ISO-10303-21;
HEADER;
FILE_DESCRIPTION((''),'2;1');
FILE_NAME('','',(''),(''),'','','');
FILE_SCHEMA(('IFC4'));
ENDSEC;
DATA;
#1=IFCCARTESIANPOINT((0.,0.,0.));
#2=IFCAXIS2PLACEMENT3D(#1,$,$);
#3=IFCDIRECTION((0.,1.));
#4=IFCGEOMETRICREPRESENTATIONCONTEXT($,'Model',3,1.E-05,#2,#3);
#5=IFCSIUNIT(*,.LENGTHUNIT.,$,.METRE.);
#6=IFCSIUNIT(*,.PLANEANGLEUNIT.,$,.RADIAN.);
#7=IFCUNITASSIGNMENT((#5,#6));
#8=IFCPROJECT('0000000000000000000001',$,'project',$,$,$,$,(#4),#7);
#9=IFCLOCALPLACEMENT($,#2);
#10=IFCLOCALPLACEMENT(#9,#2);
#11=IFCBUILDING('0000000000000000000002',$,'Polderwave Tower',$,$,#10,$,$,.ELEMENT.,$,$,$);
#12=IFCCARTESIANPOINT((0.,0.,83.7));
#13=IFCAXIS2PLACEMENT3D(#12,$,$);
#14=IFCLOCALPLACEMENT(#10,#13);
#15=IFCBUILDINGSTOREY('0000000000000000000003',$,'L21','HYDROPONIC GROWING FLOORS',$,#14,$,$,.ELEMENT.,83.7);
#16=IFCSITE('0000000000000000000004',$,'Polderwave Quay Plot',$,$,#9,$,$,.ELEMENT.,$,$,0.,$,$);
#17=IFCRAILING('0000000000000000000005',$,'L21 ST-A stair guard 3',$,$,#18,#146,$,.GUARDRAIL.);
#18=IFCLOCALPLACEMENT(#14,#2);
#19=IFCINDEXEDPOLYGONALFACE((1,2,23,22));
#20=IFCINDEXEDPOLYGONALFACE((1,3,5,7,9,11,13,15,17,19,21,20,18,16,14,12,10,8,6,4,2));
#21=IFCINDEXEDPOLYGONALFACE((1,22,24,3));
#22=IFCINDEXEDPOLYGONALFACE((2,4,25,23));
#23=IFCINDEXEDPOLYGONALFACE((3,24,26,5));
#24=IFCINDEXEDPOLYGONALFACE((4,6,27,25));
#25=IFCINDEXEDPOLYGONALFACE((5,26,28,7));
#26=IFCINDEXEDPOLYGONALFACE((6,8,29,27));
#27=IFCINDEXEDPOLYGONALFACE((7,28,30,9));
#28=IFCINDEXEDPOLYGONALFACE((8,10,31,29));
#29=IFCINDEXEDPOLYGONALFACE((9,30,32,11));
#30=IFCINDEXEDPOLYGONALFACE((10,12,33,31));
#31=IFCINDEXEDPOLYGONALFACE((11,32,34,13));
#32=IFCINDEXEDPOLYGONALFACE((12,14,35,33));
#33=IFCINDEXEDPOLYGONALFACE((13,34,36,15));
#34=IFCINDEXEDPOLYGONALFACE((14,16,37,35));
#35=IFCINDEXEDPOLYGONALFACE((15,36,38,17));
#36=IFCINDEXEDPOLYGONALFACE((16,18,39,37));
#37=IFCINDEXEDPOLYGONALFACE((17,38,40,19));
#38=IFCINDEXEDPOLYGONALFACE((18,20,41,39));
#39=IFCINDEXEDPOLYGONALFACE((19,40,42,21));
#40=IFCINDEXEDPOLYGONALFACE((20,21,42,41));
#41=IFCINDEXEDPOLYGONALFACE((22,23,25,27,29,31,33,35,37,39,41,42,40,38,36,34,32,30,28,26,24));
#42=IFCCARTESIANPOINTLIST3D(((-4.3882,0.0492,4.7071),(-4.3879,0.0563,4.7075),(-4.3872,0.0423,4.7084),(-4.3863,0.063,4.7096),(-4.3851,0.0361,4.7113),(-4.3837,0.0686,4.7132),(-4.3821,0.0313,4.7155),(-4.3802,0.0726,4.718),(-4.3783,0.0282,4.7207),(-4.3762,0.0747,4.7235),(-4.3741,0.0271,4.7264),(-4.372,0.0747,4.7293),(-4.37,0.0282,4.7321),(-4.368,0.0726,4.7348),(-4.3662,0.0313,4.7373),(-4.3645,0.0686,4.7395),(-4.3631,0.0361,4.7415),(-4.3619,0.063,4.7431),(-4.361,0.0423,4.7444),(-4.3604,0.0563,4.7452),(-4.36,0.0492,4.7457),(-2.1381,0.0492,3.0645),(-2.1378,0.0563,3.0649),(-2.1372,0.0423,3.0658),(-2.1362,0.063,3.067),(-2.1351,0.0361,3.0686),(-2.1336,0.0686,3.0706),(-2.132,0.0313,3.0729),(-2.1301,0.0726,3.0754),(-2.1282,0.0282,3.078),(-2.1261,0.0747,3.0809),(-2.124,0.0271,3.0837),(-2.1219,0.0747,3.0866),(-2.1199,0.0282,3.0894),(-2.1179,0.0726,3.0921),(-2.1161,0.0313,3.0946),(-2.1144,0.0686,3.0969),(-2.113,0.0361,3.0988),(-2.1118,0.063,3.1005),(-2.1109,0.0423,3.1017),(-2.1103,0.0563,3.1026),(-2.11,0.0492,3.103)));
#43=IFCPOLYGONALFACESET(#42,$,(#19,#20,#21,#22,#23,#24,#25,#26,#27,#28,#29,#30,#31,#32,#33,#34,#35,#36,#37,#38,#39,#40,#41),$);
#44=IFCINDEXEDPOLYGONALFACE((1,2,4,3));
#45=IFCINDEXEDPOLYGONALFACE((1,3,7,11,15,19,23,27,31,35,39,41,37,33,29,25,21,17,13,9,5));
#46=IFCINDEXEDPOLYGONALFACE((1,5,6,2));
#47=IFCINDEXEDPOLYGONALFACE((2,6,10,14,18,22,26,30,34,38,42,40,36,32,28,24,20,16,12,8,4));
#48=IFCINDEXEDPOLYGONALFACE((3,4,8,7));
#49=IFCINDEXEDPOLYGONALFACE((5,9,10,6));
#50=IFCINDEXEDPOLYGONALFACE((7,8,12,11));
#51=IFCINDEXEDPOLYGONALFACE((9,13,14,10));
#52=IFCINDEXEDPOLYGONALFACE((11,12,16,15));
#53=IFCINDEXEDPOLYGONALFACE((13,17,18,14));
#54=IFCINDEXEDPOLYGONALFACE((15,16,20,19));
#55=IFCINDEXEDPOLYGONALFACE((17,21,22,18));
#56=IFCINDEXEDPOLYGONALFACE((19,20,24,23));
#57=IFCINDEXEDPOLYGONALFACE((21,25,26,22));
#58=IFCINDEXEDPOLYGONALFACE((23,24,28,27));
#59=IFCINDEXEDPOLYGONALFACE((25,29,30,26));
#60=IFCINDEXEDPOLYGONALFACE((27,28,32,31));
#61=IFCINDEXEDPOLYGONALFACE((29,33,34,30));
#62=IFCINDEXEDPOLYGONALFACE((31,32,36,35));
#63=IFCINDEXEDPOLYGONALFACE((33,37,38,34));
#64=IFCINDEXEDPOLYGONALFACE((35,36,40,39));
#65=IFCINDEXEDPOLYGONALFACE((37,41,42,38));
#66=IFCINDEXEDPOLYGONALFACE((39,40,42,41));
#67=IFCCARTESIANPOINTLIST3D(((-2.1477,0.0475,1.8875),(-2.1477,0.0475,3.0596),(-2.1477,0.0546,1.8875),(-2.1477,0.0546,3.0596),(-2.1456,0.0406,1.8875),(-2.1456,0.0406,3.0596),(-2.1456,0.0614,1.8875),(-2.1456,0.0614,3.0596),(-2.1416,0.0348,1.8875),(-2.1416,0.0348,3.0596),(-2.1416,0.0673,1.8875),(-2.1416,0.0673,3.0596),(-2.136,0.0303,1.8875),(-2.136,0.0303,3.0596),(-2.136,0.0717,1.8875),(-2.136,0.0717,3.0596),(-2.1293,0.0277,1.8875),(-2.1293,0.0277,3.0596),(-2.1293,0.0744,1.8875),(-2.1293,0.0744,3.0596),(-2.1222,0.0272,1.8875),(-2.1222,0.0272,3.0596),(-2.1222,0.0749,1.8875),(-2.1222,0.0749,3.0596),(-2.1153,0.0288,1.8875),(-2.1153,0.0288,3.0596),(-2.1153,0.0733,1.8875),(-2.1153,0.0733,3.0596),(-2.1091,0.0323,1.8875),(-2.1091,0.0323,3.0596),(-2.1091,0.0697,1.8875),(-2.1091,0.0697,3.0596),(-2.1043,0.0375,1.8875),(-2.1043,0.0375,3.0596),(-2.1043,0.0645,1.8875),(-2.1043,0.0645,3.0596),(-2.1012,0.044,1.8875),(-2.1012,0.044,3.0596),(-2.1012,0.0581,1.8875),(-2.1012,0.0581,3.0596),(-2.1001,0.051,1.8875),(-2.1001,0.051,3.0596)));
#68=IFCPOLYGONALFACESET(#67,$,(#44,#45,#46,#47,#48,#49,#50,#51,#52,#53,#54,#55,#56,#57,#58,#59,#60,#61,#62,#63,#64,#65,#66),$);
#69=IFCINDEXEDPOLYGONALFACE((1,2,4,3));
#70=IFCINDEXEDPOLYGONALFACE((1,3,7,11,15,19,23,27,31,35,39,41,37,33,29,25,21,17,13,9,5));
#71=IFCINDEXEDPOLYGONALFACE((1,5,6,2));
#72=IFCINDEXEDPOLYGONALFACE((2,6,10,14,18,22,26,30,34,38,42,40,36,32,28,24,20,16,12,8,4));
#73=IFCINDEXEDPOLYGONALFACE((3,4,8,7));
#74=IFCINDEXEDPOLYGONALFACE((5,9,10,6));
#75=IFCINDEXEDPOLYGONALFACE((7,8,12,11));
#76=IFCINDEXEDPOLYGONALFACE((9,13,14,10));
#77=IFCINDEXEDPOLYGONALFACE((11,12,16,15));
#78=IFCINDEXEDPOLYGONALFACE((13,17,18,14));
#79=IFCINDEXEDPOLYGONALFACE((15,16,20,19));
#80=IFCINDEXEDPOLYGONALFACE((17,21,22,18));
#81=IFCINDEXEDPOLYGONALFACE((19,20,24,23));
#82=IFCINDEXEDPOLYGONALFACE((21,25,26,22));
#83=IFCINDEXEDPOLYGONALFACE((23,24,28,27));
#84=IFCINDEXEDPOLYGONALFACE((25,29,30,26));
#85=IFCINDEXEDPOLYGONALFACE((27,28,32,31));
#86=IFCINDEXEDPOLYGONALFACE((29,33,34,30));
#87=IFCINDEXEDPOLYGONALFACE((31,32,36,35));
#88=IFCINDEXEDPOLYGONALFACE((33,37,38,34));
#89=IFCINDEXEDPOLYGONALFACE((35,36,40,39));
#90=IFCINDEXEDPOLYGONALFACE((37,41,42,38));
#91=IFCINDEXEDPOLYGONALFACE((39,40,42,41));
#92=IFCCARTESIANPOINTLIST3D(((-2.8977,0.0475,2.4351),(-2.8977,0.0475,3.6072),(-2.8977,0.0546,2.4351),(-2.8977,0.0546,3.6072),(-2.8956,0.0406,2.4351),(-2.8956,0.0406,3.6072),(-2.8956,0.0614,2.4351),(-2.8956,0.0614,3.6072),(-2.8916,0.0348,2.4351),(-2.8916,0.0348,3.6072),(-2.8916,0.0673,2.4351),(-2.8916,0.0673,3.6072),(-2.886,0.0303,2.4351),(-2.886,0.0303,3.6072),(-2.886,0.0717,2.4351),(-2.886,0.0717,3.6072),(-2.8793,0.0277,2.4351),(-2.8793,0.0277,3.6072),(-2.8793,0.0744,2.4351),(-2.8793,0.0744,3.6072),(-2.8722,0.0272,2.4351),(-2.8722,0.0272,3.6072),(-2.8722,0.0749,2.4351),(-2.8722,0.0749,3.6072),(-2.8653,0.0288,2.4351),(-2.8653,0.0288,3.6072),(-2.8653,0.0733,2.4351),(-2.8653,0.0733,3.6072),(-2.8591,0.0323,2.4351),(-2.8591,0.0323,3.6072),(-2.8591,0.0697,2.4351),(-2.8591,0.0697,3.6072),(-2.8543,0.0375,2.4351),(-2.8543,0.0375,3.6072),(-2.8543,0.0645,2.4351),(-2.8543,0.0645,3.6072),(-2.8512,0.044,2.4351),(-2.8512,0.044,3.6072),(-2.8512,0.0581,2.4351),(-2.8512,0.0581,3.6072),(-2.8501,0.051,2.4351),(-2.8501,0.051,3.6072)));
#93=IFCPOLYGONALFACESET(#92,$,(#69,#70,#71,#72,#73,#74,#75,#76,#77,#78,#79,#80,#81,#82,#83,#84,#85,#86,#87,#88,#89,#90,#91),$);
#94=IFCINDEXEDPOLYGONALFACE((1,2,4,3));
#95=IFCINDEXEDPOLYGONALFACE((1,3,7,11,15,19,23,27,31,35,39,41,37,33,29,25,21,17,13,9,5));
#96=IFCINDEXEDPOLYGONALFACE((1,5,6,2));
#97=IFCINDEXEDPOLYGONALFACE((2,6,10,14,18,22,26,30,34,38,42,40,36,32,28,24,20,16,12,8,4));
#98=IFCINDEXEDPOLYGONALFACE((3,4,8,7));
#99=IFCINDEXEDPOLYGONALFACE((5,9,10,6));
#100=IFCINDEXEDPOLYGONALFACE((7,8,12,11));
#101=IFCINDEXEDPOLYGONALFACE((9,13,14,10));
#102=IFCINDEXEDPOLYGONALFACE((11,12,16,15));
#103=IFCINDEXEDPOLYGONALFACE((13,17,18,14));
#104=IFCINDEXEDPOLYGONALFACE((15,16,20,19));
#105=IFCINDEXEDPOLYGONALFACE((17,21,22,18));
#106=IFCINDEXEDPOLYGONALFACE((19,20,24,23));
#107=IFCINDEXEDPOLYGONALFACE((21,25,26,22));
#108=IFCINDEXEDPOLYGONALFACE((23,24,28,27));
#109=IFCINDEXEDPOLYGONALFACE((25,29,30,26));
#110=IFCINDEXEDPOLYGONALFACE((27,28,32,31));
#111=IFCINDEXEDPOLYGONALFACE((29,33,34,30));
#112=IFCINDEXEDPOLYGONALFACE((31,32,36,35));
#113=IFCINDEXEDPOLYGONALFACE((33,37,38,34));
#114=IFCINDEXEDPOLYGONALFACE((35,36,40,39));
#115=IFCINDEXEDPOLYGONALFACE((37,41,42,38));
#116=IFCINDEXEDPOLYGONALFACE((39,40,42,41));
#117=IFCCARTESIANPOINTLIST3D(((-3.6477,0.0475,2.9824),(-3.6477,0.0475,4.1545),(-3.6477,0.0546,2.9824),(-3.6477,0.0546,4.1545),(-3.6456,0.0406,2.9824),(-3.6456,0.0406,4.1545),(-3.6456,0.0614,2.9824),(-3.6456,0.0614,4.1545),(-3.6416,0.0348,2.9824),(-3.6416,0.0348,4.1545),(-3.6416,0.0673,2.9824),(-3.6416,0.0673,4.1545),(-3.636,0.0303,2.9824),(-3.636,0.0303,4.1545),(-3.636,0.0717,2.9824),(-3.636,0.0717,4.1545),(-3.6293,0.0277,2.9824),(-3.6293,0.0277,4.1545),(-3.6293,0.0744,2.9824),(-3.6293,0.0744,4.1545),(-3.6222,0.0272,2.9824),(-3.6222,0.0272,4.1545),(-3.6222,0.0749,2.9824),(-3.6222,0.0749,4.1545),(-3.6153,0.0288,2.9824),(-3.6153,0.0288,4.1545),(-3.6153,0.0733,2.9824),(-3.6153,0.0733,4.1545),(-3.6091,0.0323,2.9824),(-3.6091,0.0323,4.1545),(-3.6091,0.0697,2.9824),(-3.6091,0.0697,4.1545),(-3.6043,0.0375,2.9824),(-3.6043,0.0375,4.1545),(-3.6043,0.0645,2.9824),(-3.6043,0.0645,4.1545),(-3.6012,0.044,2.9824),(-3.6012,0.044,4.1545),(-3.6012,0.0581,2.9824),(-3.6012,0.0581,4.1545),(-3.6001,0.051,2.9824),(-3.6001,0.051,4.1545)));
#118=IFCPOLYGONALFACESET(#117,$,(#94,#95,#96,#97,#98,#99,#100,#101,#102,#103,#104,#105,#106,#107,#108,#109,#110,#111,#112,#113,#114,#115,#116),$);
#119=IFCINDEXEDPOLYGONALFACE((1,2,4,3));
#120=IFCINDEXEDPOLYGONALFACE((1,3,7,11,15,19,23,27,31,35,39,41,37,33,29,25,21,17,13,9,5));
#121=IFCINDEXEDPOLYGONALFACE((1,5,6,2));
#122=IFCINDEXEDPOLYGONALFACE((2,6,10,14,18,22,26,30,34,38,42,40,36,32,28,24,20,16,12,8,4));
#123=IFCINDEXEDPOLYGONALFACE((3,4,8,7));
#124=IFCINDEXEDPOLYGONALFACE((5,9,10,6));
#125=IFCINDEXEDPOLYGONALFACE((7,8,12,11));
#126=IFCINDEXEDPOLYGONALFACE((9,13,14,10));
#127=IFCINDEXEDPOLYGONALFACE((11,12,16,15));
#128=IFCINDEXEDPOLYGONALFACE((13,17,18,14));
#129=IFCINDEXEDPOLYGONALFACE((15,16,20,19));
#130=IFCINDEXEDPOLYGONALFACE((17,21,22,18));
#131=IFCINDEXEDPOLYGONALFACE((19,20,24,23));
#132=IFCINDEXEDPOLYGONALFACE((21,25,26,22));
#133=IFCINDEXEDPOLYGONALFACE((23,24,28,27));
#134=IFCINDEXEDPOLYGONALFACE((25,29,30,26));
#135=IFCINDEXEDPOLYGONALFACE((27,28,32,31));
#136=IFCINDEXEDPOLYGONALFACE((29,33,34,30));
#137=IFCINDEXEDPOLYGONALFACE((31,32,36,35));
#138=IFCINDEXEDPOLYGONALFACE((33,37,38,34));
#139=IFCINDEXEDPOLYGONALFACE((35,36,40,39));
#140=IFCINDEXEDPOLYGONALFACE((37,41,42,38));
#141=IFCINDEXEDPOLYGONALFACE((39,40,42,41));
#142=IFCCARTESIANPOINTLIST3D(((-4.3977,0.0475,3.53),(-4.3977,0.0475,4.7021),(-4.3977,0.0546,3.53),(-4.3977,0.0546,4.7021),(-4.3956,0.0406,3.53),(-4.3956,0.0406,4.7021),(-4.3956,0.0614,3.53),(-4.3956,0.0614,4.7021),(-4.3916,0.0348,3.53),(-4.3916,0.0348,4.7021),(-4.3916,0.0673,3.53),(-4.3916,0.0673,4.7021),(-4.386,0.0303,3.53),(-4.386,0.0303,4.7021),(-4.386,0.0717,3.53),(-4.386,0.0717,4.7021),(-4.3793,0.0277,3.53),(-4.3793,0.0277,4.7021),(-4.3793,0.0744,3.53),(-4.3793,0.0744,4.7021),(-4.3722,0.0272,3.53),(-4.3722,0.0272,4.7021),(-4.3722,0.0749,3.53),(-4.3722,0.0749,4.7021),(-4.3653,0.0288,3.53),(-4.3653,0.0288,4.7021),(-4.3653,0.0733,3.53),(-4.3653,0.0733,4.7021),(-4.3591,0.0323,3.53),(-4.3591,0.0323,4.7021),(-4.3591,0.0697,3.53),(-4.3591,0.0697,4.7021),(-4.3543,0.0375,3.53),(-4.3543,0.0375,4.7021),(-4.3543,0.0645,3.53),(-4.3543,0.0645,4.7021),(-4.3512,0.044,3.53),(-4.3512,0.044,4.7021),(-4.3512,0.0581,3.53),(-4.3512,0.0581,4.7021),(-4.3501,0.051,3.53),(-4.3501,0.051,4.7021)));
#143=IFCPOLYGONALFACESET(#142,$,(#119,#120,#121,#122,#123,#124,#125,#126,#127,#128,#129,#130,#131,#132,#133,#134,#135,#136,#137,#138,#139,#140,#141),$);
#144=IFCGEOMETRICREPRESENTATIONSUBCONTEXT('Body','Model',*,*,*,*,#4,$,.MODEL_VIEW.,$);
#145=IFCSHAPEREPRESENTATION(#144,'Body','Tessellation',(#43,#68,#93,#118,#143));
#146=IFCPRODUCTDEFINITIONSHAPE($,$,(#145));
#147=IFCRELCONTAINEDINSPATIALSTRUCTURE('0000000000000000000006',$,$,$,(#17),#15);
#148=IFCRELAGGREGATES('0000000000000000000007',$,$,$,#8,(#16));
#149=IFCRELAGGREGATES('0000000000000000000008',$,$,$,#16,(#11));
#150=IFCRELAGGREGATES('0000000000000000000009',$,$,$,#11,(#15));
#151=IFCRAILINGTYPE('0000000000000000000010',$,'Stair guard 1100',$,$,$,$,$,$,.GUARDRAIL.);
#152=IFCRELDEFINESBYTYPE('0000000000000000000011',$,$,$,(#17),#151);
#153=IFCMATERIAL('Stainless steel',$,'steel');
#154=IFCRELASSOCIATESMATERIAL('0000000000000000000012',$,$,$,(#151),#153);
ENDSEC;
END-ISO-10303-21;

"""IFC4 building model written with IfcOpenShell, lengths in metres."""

from ifc_helpers import new_model, si_unit, direction, frame, origin, origin_2d, place, context, subcontext, project, spatial, circle, extrude, material, type_object, element, save


model = new_model("IFC4")

# Units and contexts
model_context = context("Model", 3, precision=1e-05, world=origin(), true_north=direction((0.0, 1.0)))
body_context = subcontext(model_context, "Body", "Model", "MODEL_VIEW")
ifc_project = project(units=[si_unit("LENGTHUNIT", "METRE"), si_unit("PLANEANGLEUNIT", "RADIAN")], contexts=[model_context])

# Site, building, storey
site_placement = place(None, origin())
site = spatial("IfcSite", under=ifc_project, at=site_placement, Name="Polderwave Quay Plot", CompositionType="ELEMENT", RefElevation=0.0)
building_placement = place(site_placement, origin())
building = spatial("IfcBuilding", under=site, at=building_placement, Name="Polderwave Tower", CompositionType="ELEMENT")
storey_placement = place(building_placement, frame((0.0, 0.0, 83.7)))
storey = spatial("IfcBuildingStorey", under=building, at=storey_placement, Name="L21", Description="HYDROPONIC GROWING FLOORS", CompositionType="ELEMENT", Elevation=83.7)

# Railing
ifc_material_1 = material(Name="Stainless steel", Category="steel")
railing_type_1 = type_object("IfcRailingType", Name="Stair guard 1100", PredefinedType="GUARDRAIL", material=ifc_material_1)
railing_1_placement = place(storey_placement, frame((-2.124, 0.051, 1.8875)))
element("IfcRailing", 1, at=railing_1_placement, inside=storey, type_object=railing_type_1, Name="L21 ST-A stair guard 3", PredefinedType="GUARDRAIL", context=body_context, shape_type="SweptSolid", body=[
    extrude(circle(Radius=0.0239, at=origin_2d()), frame((0.0, 0.0, 1.1963), z_axis=(-0.807674, 0.0, 0.58963), x_axis=(0.0, -1.0, 0.0)), (0.0, 0.0, 1.0), 2.7859),
    extrude(circle(Radius=0.0239, at=origin_2d()), origin(), (0.0, 0.0, 1.0), 1.1721),
    extrude(circle(Radius=0.0239, at=origin_2d()), frame((-0.75, 0.0, 0.5476)), (0.0, 0.0, 1.0), 1.1721),
    extrude(circle(Radius=0.0239, at=origin_2d()), frame((-1.5, 0.0, 1.095)), (0.0, 0.0, 1.0), 1.1721),
    extrude(circle(Radius=0.0239, at=origin_2d()), frame((-2.25, 0.0, 1.6426)), (0.0, 0.0, 1.0), 1.1721),
])

save(model, "model.ifc")
